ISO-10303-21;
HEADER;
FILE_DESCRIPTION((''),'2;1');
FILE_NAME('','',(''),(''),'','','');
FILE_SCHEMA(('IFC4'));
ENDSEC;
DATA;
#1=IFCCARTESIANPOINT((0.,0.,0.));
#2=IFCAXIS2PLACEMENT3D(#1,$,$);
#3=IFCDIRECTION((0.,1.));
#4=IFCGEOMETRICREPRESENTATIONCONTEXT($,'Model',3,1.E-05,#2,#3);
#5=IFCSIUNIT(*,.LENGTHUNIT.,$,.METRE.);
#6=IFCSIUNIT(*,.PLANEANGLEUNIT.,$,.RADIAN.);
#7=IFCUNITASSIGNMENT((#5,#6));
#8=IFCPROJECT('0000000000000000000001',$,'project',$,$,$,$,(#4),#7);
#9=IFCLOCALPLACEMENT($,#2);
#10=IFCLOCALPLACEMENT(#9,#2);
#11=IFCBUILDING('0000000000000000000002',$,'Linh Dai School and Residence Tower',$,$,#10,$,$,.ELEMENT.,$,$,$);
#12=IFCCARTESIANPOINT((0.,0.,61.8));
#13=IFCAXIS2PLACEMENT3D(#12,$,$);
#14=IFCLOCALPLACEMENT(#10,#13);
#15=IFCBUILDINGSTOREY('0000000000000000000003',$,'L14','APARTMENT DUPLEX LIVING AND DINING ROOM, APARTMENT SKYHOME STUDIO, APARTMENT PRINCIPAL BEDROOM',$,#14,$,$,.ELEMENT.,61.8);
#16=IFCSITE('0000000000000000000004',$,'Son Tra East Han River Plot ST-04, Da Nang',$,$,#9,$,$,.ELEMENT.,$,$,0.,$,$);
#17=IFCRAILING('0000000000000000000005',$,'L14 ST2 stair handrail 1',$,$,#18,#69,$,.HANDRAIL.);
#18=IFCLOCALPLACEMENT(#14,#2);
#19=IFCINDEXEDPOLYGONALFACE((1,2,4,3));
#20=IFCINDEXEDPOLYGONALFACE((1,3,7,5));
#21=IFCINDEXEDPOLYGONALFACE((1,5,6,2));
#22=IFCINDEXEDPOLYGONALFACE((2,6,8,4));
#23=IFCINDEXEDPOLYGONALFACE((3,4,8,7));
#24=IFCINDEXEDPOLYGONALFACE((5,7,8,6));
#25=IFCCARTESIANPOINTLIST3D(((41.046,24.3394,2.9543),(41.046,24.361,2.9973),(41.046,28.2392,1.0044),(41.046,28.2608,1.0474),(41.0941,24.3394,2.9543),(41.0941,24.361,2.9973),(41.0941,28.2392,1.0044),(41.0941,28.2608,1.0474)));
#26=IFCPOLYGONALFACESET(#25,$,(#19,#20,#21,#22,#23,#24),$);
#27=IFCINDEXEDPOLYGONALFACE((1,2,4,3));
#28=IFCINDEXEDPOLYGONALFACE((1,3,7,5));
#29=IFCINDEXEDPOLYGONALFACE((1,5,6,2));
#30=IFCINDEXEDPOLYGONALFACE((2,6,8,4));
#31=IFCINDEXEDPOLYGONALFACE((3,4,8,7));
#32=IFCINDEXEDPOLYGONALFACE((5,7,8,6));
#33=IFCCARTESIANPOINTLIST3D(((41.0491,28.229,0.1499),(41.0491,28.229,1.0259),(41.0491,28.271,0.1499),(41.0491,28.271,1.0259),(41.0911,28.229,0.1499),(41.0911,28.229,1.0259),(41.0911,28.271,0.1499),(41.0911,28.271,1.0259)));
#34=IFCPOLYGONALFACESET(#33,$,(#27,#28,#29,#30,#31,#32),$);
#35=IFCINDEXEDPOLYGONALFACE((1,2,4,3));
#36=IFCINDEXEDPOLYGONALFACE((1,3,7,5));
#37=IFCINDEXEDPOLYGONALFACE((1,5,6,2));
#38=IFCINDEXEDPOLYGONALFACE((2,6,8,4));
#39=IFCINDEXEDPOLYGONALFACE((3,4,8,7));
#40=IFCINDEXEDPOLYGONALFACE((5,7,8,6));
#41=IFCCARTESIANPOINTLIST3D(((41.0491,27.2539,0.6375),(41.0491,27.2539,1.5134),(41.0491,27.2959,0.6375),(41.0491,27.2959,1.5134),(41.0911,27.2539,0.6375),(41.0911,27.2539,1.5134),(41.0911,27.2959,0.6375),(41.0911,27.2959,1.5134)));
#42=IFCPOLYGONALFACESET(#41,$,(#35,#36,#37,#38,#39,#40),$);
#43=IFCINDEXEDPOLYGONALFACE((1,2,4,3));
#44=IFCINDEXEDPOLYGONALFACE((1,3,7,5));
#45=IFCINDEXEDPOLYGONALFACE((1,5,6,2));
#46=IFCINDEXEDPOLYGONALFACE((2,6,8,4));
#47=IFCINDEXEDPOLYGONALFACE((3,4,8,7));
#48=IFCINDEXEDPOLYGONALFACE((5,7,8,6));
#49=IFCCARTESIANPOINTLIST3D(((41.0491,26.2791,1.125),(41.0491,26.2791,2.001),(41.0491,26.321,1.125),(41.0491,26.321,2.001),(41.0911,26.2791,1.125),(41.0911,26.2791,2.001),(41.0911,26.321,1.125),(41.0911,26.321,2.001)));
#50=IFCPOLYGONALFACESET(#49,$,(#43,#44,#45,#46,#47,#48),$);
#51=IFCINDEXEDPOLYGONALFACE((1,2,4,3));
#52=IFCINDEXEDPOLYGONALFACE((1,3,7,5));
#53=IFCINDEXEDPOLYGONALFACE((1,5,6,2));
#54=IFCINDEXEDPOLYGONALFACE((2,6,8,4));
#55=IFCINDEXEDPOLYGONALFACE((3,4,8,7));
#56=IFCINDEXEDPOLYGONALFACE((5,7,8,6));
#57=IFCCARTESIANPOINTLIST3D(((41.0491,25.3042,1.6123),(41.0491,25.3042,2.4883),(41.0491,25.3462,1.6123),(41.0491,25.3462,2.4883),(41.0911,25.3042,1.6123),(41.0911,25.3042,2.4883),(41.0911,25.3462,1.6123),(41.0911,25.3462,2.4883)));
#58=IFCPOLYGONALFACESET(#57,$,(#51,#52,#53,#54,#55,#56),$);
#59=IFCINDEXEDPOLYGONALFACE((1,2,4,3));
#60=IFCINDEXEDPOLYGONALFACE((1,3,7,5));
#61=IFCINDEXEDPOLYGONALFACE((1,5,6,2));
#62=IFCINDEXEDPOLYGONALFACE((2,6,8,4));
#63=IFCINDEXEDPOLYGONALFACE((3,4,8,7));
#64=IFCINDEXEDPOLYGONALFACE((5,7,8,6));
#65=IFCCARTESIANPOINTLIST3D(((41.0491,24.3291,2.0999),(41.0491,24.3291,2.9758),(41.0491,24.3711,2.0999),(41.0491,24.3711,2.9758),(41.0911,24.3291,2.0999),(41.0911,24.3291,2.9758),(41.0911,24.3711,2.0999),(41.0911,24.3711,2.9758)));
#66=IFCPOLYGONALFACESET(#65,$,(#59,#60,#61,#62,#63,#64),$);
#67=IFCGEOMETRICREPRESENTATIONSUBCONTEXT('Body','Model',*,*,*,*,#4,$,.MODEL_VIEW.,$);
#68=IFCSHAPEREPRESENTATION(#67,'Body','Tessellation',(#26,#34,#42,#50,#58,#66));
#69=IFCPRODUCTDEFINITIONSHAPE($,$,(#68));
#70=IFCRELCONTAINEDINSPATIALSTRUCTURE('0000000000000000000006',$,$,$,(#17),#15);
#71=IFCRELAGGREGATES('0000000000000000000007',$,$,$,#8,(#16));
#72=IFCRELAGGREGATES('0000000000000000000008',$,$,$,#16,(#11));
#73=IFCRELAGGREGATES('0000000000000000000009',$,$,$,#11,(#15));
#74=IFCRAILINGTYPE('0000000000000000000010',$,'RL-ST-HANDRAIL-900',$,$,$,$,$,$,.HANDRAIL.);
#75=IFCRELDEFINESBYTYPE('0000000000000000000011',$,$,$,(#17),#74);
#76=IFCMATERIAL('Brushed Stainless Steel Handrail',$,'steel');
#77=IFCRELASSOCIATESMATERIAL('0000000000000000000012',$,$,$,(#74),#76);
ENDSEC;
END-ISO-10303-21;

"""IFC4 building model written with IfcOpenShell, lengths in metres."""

from ifc_helpers import new_model, si_unit, direction, frame, origin, origin_2d, place, context, subcontext, project, spatial, rectangle, extrude, source, transform, mapped, material, type_object, element, save


model = new_model("IFC4")

# Units and contexts
model_context = context("Model", 3, precision=1e-05, world=origin(), true_north=direction((0.0, 1.0)))
body_context = subcontext(model_context, "Body", "Model", "MODEL_VIEW")
ifc_project = project(units=[si_unit("LENGTHUNIT", "METRE"), si_unit("PLANEANGLEUNIT", "RADIAN")], contexts=[model_context])

# Site, building, storey
site_placement = place(None, origin())
site = spatial("IfcSite", under=ifc_project, at=site_placement, Name="Son Tra East Han River Plot ST-04, Da Nang", CompositionType="ELEMENT", RefElevation=0.0)
building_placement = place(site_placement, origin())
building = spatial("IfcBuilding", under=site, at=building_placement, Name="Linh Dai School and Residence Tower", CompositionType="ELEMENT")
storey_placement = place(building_placement, frame((0.0, 0.0, 61.8)))
storey = spatial("IfcBuildingStorey", under=building, at=storey_placement, Name="L14", Description="APARTMENT DUPLEX LIVING AND DINING ROOM, APARTMENT SKYHOME STUDIO, APARTMENT PRINCIPAL BEDROOM", CompositionType="ELEMENT", Elevation=61.8)

# Railing
ifc_material_1 = material(Name="Brushed Stainless Steel Handrail", Category="steel")
railing_type_1 = type_object("IfcRailingType", Name="RL-ST-HANDRAIL-900", PredefinedType="HANDRAIL", material=ifc_material_1)
shared_shape_1 = source(origin(), body_context, "Body", "SweptSolid", [
    extrude(rectangle(XDim=0.0481, YDim=0.0481, at=origin_2d()), frame((0.0, 0.0, 0.876), z_axis=(0.0, -0.894427, 0.447214), x_axis=(1.0, 0.0, 0.0)), (0.0, 0.0, 1.0), 4.3601),
    extrude(rectangle(XDim=0.042, YDim=0.042, at=origin_2d()), origin(), (0.0, 0.0, 1.0), 0.876),
    extrude(rectangle(XDim=0.042, YDim=0.042, at=origin_2d()), frame((0.0, -0.9751, 0.4875)), (0.0, 0.0, 1.0), 0.876),
    extrude(rectangle(XDim=0.042, YDim=0.042, at=origin_2d()), frame((0.0, -1.95, 0.9751)), (0.0, 0.0, 1.0), 0.876),
    extrude(rectangle(XDim=0.042, YDim=0.042, at=origin_2d()), frame((0.0, -2.9248, 1.4624)), (0.0, 0.0, 1.0), 0.876),
    extrude(rectangle(XDim=0.042, YDim=0.042, at=origin_2d()), frame((0.0, -3.8999, 1.95)), (0.0, 0.0, 1.0), 0.876),
])
railing_1_placement = place(storey_placement, frame((41.0701, 28.25, 0.1499)))
element("IfcRailing", 1, at=railing_1_placement, inside=storey, type_object=railing_type_1, Name="L14 ST2 stair handrail 1", PredefinedType="HANDRAIL", context=body_context, shape_type="MappedRepresentation", body=[
    mapped(shared_shape_1, transform((0.0, 0.0, 0.0), x_axis=(1.0, 0.0, 0.0), y_axis=(0.0, 1.0, 0.0), z_axis=(0.0, 0.0, 1.0), scale=1.0)),
])

save(model, "model.ifc")
